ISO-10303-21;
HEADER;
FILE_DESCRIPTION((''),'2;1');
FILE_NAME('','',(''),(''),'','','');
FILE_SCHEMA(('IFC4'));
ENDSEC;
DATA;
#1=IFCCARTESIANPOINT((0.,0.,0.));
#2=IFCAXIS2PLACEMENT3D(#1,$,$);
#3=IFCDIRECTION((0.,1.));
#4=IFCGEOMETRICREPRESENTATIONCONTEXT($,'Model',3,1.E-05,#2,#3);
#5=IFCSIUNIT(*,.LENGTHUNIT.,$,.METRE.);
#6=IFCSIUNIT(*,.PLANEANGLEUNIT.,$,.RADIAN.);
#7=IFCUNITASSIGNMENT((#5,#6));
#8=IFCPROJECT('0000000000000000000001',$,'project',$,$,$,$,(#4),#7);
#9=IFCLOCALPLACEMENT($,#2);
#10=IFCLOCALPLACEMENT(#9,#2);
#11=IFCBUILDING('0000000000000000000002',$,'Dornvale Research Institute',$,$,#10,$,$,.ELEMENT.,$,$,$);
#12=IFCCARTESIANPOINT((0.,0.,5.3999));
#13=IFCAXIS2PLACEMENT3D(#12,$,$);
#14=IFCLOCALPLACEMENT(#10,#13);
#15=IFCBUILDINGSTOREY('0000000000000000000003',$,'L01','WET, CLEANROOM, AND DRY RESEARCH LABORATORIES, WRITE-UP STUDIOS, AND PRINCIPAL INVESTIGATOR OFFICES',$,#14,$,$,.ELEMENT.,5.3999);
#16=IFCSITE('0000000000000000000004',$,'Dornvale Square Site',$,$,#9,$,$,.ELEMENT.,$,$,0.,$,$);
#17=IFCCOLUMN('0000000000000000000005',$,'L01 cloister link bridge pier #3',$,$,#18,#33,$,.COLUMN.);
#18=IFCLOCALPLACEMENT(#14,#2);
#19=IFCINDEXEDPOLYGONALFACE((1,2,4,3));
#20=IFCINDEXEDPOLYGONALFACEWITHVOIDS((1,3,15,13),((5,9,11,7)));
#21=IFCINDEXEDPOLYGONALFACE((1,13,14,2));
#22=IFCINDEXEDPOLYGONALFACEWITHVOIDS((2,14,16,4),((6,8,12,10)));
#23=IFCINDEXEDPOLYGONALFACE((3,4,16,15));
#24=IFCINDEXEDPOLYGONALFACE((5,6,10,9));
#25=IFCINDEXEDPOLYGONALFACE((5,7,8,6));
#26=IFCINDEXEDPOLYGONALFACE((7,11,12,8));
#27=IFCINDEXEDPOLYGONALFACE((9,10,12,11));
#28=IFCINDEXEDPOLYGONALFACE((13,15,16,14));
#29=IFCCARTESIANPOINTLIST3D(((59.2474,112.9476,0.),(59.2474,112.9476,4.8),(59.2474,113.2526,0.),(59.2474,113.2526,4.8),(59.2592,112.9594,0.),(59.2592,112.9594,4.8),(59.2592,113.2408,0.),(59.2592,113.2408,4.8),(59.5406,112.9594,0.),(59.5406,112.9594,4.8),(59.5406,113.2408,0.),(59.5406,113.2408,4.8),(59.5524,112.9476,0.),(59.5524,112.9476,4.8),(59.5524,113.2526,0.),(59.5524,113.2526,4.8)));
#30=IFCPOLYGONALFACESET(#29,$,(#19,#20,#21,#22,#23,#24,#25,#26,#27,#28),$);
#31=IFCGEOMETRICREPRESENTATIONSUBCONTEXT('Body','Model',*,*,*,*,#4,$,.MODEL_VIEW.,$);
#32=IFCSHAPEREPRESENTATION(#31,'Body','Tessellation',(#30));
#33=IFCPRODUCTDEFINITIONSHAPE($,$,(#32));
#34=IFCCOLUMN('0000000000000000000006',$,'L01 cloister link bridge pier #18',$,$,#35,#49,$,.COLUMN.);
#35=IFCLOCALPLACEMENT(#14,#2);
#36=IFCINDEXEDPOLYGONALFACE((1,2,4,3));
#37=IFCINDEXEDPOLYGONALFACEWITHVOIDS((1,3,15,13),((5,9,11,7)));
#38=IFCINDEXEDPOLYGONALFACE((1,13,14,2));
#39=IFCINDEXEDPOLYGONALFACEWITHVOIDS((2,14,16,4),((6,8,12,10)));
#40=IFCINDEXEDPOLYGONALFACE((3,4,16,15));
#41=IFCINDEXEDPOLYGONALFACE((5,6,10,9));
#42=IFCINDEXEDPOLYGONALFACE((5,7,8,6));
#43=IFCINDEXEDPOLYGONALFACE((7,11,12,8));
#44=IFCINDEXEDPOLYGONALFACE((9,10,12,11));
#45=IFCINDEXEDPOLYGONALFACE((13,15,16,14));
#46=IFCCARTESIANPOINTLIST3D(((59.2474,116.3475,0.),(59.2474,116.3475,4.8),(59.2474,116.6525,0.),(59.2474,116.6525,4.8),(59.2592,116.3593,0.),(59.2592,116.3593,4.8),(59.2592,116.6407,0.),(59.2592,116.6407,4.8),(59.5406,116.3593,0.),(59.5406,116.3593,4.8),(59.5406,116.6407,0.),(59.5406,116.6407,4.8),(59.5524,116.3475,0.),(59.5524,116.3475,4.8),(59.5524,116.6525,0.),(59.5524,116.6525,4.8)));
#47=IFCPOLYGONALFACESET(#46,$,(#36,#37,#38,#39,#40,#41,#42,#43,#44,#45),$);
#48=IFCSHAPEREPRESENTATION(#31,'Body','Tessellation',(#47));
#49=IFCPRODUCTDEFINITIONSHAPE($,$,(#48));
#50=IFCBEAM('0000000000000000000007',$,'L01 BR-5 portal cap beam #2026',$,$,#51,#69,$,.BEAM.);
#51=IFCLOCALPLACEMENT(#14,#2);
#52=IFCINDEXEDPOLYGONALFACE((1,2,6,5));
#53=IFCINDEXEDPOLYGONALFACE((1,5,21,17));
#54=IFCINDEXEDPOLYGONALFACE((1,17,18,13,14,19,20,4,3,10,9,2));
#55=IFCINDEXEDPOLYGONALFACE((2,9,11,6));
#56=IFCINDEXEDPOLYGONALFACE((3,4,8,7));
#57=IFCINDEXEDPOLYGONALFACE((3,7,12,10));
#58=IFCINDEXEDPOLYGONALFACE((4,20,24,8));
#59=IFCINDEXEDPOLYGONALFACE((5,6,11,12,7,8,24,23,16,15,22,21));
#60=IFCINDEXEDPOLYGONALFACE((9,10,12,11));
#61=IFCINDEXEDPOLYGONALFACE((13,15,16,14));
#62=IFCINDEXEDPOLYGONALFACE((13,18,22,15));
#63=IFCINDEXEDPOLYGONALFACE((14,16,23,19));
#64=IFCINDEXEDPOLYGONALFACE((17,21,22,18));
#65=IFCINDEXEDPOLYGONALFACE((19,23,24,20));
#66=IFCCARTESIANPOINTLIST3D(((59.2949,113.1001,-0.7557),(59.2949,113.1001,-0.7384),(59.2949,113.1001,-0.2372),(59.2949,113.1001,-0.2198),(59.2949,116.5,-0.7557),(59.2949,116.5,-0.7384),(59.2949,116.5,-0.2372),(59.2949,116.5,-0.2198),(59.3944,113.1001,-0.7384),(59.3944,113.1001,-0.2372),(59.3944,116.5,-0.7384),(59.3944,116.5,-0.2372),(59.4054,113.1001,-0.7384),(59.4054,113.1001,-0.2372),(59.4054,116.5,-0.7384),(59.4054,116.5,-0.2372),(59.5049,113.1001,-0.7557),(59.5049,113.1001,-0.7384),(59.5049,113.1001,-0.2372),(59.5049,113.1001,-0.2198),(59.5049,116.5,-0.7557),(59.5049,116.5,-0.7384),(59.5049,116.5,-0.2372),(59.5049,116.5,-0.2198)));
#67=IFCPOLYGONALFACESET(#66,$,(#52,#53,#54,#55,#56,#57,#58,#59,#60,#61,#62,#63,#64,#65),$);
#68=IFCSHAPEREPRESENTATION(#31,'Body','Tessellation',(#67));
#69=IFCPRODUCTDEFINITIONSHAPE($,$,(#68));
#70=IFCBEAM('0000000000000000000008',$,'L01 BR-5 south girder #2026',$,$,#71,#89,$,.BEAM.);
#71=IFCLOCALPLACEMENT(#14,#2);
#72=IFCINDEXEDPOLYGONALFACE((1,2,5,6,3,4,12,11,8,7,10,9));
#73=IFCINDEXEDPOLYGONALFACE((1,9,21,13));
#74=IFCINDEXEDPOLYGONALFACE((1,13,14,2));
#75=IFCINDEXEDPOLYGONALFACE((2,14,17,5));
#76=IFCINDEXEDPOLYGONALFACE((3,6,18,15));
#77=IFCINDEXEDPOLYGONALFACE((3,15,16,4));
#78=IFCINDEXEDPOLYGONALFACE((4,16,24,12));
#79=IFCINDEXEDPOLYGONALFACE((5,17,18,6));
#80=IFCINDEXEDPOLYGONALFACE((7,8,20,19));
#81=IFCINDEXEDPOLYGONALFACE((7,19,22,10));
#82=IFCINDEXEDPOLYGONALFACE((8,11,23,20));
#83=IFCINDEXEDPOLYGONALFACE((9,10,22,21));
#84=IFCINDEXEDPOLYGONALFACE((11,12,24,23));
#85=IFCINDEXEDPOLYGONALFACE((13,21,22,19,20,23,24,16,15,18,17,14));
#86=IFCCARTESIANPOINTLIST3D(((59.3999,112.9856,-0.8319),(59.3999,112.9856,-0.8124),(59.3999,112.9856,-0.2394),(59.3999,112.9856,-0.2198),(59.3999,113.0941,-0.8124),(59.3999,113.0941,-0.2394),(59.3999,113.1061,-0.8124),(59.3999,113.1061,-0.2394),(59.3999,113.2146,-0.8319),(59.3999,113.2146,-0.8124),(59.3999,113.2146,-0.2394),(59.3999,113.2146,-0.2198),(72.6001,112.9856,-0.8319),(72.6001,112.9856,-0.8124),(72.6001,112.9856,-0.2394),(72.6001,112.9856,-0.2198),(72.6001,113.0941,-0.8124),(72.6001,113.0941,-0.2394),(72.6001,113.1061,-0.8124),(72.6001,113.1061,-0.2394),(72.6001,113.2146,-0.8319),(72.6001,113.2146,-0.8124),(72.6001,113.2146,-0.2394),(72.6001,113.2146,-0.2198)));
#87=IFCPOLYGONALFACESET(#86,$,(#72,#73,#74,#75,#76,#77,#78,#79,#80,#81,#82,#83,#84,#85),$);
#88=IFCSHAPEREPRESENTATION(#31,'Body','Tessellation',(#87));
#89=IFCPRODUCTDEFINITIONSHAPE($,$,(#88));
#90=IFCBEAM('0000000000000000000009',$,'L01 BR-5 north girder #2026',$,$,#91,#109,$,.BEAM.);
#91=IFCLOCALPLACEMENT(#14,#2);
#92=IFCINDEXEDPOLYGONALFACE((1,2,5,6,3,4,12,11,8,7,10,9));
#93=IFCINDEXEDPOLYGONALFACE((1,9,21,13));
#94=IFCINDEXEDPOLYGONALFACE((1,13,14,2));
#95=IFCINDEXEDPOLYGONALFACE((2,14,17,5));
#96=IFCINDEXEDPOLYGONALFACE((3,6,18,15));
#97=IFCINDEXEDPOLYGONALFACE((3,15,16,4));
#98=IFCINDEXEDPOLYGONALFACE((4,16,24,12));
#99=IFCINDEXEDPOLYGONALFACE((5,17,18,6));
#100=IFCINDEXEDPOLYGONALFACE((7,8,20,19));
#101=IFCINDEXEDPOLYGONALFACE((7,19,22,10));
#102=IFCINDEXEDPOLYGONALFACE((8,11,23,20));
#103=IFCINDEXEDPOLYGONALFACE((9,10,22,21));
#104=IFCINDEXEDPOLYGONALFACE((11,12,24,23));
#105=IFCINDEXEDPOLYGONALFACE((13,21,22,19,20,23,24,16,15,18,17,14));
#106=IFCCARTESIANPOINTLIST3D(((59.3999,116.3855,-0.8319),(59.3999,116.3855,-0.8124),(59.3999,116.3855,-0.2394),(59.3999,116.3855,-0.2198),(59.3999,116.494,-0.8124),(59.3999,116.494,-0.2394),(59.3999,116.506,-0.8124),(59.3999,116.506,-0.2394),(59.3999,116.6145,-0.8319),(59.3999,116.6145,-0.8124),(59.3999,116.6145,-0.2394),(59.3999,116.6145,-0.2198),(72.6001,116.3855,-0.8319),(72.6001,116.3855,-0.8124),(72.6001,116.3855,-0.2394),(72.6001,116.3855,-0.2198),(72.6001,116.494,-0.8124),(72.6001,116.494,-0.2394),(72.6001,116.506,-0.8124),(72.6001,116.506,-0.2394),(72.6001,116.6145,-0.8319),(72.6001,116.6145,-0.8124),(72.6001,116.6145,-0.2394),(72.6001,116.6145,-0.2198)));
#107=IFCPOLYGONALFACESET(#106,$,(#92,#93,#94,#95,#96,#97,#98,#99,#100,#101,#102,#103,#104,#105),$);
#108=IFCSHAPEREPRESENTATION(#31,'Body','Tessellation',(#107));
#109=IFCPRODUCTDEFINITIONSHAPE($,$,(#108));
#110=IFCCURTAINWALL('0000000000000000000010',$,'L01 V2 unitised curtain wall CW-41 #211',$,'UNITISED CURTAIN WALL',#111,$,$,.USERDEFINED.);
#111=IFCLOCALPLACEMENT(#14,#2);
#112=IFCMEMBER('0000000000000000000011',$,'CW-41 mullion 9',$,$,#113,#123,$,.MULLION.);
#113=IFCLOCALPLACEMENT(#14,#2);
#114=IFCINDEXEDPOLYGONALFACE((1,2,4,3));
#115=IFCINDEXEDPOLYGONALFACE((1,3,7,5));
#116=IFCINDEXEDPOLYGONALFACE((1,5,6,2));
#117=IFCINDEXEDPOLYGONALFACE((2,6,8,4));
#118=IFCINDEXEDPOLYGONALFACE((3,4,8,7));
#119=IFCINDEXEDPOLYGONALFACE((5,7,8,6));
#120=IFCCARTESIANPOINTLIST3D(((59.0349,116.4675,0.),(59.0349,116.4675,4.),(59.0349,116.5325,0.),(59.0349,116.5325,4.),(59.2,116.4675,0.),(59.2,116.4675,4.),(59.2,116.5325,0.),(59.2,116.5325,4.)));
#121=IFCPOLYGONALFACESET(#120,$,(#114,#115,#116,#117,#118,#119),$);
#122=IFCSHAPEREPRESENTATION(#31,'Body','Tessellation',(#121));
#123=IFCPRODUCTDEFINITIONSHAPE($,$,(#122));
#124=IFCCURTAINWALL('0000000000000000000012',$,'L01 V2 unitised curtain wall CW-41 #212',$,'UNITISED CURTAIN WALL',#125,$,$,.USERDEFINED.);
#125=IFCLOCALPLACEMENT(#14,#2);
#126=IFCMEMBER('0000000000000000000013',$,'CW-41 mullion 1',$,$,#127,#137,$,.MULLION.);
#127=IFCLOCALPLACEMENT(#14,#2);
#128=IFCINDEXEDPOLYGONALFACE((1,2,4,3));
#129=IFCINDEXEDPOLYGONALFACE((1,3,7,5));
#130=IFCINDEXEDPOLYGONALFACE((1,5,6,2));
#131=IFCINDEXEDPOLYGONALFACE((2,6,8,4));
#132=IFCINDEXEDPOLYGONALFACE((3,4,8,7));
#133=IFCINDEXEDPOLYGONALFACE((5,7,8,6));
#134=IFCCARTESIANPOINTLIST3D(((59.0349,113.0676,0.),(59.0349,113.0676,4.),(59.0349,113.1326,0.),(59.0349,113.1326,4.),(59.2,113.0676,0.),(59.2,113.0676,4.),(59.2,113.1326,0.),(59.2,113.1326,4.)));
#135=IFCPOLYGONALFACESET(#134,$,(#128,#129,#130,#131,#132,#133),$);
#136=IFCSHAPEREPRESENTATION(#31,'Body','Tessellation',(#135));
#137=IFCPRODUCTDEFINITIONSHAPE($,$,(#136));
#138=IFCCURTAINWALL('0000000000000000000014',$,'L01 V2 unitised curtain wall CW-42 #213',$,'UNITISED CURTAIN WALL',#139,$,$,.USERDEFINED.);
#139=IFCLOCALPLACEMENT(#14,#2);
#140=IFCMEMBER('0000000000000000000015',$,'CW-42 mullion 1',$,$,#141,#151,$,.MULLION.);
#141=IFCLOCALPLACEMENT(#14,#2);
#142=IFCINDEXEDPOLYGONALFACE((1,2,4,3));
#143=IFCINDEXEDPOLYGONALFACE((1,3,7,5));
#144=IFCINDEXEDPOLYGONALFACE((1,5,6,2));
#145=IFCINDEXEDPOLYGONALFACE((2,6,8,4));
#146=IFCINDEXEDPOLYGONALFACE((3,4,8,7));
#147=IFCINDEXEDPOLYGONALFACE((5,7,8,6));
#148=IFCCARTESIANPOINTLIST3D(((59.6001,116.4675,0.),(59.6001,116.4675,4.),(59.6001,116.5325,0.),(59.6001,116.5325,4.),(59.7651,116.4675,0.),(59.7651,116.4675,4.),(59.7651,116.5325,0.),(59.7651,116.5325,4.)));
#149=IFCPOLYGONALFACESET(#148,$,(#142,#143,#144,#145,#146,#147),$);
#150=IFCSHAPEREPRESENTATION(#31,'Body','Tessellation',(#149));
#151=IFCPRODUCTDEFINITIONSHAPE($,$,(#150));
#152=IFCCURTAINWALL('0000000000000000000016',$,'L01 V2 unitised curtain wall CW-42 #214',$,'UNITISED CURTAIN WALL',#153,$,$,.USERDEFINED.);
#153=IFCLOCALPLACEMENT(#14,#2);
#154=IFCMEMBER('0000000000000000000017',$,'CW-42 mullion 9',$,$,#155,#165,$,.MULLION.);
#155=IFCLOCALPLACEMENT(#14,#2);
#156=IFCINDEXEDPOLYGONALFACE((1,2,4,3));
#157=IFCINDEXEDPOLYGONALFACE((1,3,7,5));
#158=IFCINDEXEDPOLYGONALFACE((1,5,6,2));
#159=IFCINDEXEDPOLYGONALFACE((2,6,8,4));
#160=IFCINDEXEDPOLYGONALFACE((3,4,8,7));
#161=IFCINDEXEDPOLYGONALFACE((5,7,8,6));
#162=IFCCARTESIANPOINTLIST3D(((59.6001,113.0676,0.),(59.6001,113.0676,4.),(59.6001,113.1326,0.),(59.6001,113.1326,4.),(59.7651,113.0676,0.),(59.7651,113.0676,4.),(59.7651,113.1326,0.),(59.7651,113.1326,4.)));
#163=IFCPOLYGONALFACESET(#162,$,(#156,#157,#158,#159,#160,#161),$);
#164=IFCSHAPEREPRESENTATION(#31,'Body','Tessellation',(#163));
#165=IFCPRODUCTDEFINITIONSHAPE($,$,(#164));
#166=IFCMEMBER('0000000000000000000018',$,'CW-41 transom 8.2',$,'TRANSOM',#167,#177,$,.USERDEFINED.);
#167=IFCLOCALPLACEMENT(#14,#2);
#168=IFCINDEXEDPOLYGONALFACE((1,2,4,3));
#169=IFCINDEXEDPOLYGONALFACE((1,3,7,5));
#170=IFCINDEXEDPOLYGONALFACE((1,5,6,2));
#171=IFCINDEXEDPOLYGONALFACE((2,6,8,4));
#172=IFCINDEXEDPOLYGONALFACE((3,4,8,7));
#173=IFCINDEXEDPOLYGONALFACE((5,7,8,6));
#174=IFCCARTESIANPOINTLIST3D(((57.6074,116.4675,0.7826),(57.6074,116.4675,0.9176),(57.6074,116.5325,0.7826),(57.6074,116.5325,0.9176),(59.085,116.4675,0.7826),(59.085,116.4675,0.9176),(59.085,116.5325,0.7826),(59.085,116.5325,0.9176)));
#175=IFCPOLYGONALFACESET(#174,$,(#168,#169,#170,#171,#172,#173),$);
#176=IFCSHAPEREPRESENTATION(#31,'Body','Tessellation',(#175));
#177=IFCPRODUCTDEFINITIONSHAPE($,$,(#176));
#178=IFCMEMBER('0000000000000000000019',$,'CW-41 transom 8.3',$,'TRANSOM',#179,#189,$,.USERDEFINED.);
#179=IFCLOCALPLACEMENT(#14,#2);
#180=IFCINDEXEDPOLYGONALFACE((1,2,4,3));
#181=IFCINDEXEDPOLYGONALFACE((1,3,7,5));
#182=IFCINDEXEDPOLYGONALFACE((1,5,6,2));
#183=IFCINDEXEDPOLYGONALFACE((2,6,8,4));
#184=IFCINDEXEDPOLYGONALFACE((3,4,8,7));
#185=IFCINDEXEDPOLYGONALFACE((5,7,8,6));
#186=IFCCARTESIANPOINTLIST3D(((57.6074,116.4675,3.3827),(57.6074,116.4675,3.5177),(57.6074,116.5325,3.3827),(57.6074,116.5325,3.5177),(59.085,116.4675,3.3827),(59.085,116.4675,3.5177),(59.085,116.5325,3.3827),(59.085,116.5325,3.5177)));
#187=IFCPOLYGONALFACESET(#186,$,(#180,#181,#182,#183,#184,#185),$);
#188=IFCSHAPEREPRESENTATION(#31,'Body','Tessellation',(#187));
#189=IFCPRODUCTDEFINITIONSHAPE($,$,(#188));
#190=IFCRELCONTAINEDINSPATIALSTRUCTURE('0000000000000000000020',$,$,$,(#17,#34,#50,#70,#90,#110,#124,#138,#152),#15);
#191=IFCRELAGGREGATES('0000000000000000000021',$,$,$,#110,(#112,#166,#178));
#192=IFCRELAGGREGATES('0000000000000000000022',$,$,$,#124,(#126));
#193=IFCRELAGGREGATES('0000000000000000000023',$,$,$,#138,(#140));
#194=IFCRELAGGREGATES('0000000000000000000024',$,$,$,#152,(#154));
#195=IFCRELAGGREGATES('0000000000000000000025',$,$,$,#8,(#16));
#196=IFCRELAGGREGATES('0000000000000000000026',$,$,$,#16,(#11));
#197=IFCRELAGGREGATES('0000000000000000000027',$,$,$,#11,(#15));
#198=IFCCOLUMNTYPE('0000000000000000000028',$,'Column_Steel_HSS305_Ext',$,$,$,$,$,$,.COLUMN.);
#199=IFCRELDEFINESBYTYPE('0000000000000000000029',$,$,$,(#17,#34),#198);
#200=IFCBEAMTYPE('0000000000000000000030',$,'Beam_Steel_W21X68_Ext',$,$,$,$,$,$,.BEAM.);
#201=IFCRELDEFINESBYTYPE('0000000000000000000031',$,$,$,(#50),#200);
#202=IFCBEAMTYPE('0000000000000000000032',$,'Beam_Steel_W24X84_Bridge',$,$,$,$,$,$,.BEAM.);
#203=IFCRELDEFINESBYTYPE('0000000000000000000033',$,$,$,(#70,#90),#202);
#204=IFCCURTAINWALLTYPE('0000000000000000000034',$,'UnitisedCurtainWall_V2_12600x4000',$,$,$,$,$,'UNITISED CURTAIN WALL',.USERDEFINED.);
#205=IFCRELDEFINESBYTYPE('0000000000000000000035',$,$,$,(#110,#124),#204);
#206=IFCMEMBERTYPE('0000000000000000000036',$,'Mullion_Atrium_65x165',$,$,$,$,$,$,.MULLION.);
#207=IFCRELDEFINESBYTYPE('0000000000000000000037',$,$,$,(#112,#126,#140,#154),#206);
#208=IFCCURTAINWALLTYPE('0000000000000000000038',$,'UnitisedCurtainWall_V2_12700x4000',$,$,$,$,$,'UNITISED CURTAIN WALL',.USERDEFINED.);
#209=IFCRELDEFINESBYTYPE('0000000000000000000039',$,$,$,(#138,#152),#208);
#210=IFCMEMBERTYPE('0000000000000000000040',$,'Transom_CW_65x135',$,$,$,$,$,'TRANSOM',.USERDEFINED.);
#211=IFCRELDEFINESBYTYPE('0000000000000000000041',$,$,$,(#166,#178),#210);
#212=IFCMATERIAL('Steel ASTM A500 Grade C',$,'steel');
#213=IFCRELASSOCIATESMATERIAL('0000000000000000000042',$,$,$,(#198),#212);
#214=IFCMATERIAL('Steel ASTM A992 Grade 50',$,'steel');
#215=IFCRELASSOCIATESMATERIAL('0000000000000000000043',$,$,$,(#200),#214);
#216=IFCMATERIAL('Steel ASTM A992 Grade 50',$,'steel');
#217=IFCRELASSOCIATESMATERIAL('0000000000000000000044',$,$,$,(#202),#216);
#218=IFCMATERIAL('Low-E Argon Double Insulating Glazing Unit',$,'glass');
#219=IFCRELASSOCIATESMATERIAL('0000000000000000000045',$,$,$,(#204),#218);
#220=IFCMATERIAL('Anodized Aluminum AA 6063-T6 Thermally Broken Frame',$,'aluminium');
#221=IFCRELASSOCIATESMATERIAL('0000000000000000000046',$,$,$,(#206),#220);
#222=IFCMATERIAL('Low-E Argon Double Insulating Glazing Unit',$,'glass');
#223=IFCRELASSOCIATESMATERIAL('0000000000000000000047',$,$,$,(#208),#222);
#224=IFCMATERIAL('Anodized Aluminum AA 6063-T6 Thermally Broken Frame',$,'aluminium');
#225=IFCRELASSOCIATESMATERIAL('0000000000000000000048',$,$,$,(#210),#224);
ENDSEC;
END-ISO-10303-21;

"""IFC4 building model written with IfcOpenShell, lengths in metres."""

from ifc_helpers import new_model, si_unit, direction, frame, origin, origin_2d, place, context, subcontext, project, spatial, rectangle, hollow_rectangle, i_section, extrude, material, material_profile, profile_set, type_object, element, aggregate, save


model = new_model("IFC4")

# Units and contexts
model_context = context("Model", 3, precision=1e-05, world=origin(), true_north=direction((0.0, 1.0)))
body_context = subcontext(model_context, "Body", "Model", "MODEL_VIEW")
ifc_project = project(units=[si_unit("LENGTHUNIT", "METRE"), si_unit("PLANEANGLEUNIT", "RADIAN")], contexts=[model_context])

# Site, building, storey
site_placement = place(None, origin())
site = spatial("IfcSite", under=ifc_project, at=site_placement, Name="Dornvale Square Site", CompositionType="ELEMENT", RefElevation=0.0)
building_placement = place(site_placement, origin())
building = spatial("IfcBuilding", under=site, at=building_placement, Name="Dornvale Research Institute", CompositionType="ELEMENT")
storey_placement = place(building_placement, frame((0.0, 0.0, 5.3999)))
storey = spatial("IfcBuildingStorey", under=building, at=storey_placement, Name="L01", Description="WET, CLEANROOM, AND DRY RESEARCH LABORATORIES, WRITE-UP STUDIOS, AND PRINCIPAL INVESTIGATOR OFFICES", CompositionType="ELEMENT", Elevation=5.3999)

# Columns
ifc_material_1 = material(Name="Steel ASTM A500 Grade C", Category="steel")
ifc_material_profile_1 = material_profile(ifc_material_1, hollow_rectangle(XDim=0.3049, YDim=0.3049, WallThickness=0.0117, at=origin_2d()), Name="HSS305X305X12.7")
ifc_profile_set_1 = profile_set([ifc_material_profile_1], Name="Steel ASTM A500 Grade C")
column_type = type_object("IfcColumnType", Name="Column_Steel_HSS305_Ext", PredefinedType="COLUMN", material=ifc_profile_set_1)
for number, where, z_axis, x_axis, name in (
    (1, (59.3999, 113.1001, 0.0), (0.0, 0.0, 1.0), (1.0, 0.0, 0.0), "L01 cloister link bridge pier #3"),
    (2, (59.3999, 116.5, 0.0), (0.0, 0.0, 1.0), (1.0, 0.0, 0.0), "L01 cloister link bridge pier #18"),
):
    element("IfcColumn", number, at=place(storey_placement, frame(where, z_axis=z_axis, x_axis=x_axis)), inside=storey, type_object=column_type, Name=name, PredefinedType="COLUMN", context=body_context, shape_type="SweptSolid", body=[
        extrude(hollow_rectangle(XDim=0.3049, YDim=0.3049, WallThickness=0.0117, at=origin_2d()), origin(), (0.0, 0.0, 1.0), 4.8),
    ])

# Beams
ifc_material_2 = material(Name="Steel ASTM A992 Grade 50", Category="steel")
ifc_material_profile_2 = material_profile(ifc_material_2, i_section(OverallWidth=0.21, OverallDepth=0.5359, WebThickness=0.011, FlangeThickness=0.0173, at=origin_2d()), Name="W21X68")
ifc_profile_set_2 = profile_set([ifc_material_profile_2], Name="Steel ASTM A992 Grade 50")
beam_type_1 = type_object("IfcBeamType", Name="Beam_Steel_W21X68_Ext", PredefinedType="BEAM", material=ifc_profile_set_2)
beam_placement = place(storey_placement, frame((59.3999, 113.1001, -0.4878), z_axis=(0.0, 1.0, 0.0), x_axis=(-1.0, 0.0, 0.0)))
element("IfcBeam", 3, at=beam_placement, inside=storey, type_object=beam_type_1, Name="L01 BR-5 portal cap beam #2026", PredefinedType="BEAM", context=body_context, shape_type="SweptSolid", body=[
    extrude(i_section(OverallWidth=0.21, OverallDepth=0.5359, WebThickness=0.011, FlangeThickness=0.0173, at=origin_2d()), origin(), (0.0, 0.0, 1.0), 3.3999),
])
ifc_material_3 = material(Name="Steel ASTM A992 Grade 50", Category="steel")
ifc_material_profile_3 = material_profile(ifc_material_3, i_section(OverallWidth=0.229, OverallDepth=0.6121, WebThickness=0.012, FlangeThickness=0.0195, at=origin_2d()), Name="W24X84")
ifc_profile_set_3 = profile_set([ifc_material_profile_3], Name="Steel ASTM A992 Grade 50")
beam_type_2 = type_object("IfcBeamType", Name="Beam_Steel_W24X84_Bridge", PredefinedType="BEAM", material=ifc_profile_set_3)
for number, where, z_axis, x_axis, name in (
    (4, (59.3999, 113.1001, -0.5259), (1.0, 0.0, 0.0), (0.0, 1.0, 0.0), "L01 BR-5 south girder #2026"),
    (5, (59.3999, 116.5, -0.5259), (1.0, 0.0, 0.0), (0.0, 1.0, 0.0), "L01 BR-5 north girder #2026"),
):
    element("IfcBeam", number, at=place(storey_placement, frame(where, z_axis=z_axis, x_axis=x_axis)), inside=storey, type_object=beam_type_2, Name=name, PredefinedType="BEAM", context=body_context, shape_type="SweptSolid", body=[
        extrude(i_section(OverallWidth=0.229, OverallDepth=0.6121, WebThickness=0.012, FlangeThickness=0.0195, at=origin_2d()), origin(), (0.0, 0.0, 1.0), 13.2002),
    ])

# Curtain walls, members
ifc_material_4 = material(Name="Low-E Argon Double Insulating Glazing Unit", Category="glass")
curtain_wall_type_1 = type_object("IfcCurtainWallType", Name="UnitisedCurtainWall_V2_12600x4000", ElementType="UNITISED CURTAIN WALL", PredefinedType="USERDEFINED", material=ifc_material_4)
curtain_wall_1_placement = place(storey_placement, origin())
curtain_wall_1 = element("IfcCurtainWall", 6, at=curtain_wall_1_placement, inside=storey, type_object=curtain_wall_type_1, Name="L01 V2 unitised curtain wall CW-41 #211", ObjectType="UNITISED CURTAIN WALL", PredefinedType="USERDEFINED")
ifc_material_5 = material(Name="Anodized Aluminum AA 6063-T6 Thermally Broken Frame", Category="aluminium")
ifc_material_profile_4 = material_profile(ifc_material_5, rectangle(XDim=0.0649, YDim=0.165, at=origin_2d()), Name="ALU MULLION 65x165")
ifc_profile_set_4 = profile_set([ifc_material_profile_4], Name="Anodized Aluminum AA 6063-T6 Thermally Broken Frame")
member_type_1 = type_object("IfcMemberType", Name="Mullion_Atrium_65x165", PredefinedType="MULLION", material=ifc_profile_set_4)
member_1_placement = place(storey_placement, frame((59.1174, 116.5, 0.0), z_axis=(0.0, 0.0, 1.0), x_axis=(0.0, 1.0, 0.0)))
member_1 = element("IfcMember", 7, at=member_1_placement, type_object=member_type_1, Name="CW-41 mullion 9", PredefinedType="MULLION", context=body_context, shape_type="SweptSolid", body=[
    extrude(rectangle(XDim=0.0649, YDim=0.165, at=origin_2d()), origin(), (0.0, 0.0, 1.0), 4.0),
])
curtain_wall_2_placement = place(storey_placement, origin())
curtain_wall_2 = element("IfcCurtainWall", 8, at=curtain_wall_2_placement, inside=storey, type_object=curtain_wall_type_1, Name="L01 V2 unitised curtain wall CW-41 #212", ObjectType="UNITISED CURTAIN WALL", PredefinedType="USERDEFINED")
member_2_placement = place(storey_placement, frame((59.1174, 113.1001, 0.0), z_axis=(0.0, 0.0, 1.0), x_axis=(0.0, -1.0, 0.0)))
member_2 = element("IfcMember", 9, at=member_2_placement, type_object=member_type_1, Name="CW-41 mullion 1", PredefinedType="MULLION", context=body_context, shape_type="SweptSolid", body=[
    extrude(rectangle(XDim=0.0649, YDim=0.165, at=origin_2d()), origin(), (0.0, 0.0, 1.0), 4.0),
])
ifc_material_6 = material(Name="Low-E Argon Double Insulating Glazing Unit", Category="glass")
curtain_wall_type_2 = type_object("IfcCurtainWallType", Name="UnitisedCurtainWall_V2_12700x4000", ElementType="UNITISED CURTAIN WALL", PredefinedType="USERDEFINED", material=ifc_material_6)
curtain_wall_3_placement = place(storey_placement, origin())
curtain_wall_3 = element("IfcCurtainWall", 10, at=curtain_wall_3_placement, inside=storey, type_object=curtain_wall_type_2, Name="L01 V2 unitised curtain wall CW-42 #213", ObjectType="UNITISED CURTAIN WALL", PredefinedType="USERDEFINED")
member_3_placement = place(storey_placement, frame((59.6826, 116.5, 0.0), z_axis=(0.0, 0.0, 1.0), x_axis=(0.0, 1.0, 0.0)))
member_3 = element("IfcMember", 11, at=member_3_placement, type_object=member_type_1, Name="CW-42 mullion 1", PredefinedType="MULLION", context=body_context, shape_type="SweptSolid", body=[
    extrude(rectangle(XDim=0.0649, YDim=0.165, at=origin_2d()), origin(), (0.0, 0.0, 1.0), 4.0),
])
curtain_wall_4_placement = place(storey_placement, origin())
curtain_wall_4 = element("IfcCurtainWall", 12, at=curtain_wall_4_placement, inside=storey, type_object=curtain_wall_type_2, Name="L01 V2 unitised curtain wall CW-42 #214", ObjectType="UNITISED CURTAIN WALL", PredefinedType="USERDEFINED")
member_4_placement = place(storey_placement, frame((59.6826, 113.1001, 0.0), z_axis=(0.0, 0.0, 1.0), x_axis=(0.0, -1.0, 0.0)))
member_4 = element("IfcMember", 13, at=member_4_placement, type_object=member_type_1, Name="CW-42 mullion 9", PredefinedType="MULLION", context=body_context, shape_type="SweptSolid", body=[
    extrude(rectangle(XDim=0.0649, YDim=0.165, at=origin_2d()), origin(), (0.0, 0.0, 1.0), 4.0),
])

# Members
ifc_material_7 = material(Name="Anodized Aluminum AA 6063-T6 Thermally Broken Frame", Category="aluminium")
ifc_material_profile_5 = material_profile(ifc_material_7, rectangle(XDim=0.0649, YDim=0.135, at=origin_2d()), Name="ALU TRANSOM 65x135")
ifc_profile_set_5 = profile_set([ifc_material_profile_5], Name="Anodized Aluminum AA 6063-T6 Thermally Broken Frame")
member_type_2 = type_object("IfcMemberType", Name="Transom_CW_65x135", ElementType="TRANSOM", PredefinedType="USERDEFINED", material=ifc_profile_set_5)
member_5_placement = place(storey_placement, frame((57.6074, 116.5, 0.8501), z_axis=(1.0, 0.0, 0.0), x_axis=(0.0, 1.0, 0.0)))
member_5 = element("IfcMember", 14, at=member_5_placement, type_object=member_type_2, Name="CW-41 transom 8.2", ObjectType="TRANSOM", PredefinedType="USERDEFINED", context=body_context, shape_type="SweptSolid", body=[
    extrude(rectangle(XDim=0.0649, YDim=0.135, at=origin_2d()), origin(), (0.0, 0.0, 1.0), 1.4775),
])
member_6_placement = place(storey_placement, frame((57.6074, 116.5, 3.4502), z_axis=(1.0, 0.0, 0.0), x_axis=(0.0, 1.0, 0.0)))
member_6 = element("IfcMember", 15, at=member_6_placement, type_object=member_type_2, Name="CW-41 transom 8.3", ObjectType="TRANSOM", PredefinedType="USERDEFINED", context=body_context, shape_type="SweptSolid", body=[
    extrude(rectangle(XDim=0.0649, YDim=0.135, at=origin_2d()), origin(), (0.0, 0.0, 1.0), 1.4775),
])

aggregate(curtain_wall_1, [member_1, member_5, member_6])
aggregate(curtain_wall_2, [member_2])
aggregate(curtain_wall_3, [member_3])
aggregate(curtain_wall_4, [member_4])

save(model, "model.ifc")
